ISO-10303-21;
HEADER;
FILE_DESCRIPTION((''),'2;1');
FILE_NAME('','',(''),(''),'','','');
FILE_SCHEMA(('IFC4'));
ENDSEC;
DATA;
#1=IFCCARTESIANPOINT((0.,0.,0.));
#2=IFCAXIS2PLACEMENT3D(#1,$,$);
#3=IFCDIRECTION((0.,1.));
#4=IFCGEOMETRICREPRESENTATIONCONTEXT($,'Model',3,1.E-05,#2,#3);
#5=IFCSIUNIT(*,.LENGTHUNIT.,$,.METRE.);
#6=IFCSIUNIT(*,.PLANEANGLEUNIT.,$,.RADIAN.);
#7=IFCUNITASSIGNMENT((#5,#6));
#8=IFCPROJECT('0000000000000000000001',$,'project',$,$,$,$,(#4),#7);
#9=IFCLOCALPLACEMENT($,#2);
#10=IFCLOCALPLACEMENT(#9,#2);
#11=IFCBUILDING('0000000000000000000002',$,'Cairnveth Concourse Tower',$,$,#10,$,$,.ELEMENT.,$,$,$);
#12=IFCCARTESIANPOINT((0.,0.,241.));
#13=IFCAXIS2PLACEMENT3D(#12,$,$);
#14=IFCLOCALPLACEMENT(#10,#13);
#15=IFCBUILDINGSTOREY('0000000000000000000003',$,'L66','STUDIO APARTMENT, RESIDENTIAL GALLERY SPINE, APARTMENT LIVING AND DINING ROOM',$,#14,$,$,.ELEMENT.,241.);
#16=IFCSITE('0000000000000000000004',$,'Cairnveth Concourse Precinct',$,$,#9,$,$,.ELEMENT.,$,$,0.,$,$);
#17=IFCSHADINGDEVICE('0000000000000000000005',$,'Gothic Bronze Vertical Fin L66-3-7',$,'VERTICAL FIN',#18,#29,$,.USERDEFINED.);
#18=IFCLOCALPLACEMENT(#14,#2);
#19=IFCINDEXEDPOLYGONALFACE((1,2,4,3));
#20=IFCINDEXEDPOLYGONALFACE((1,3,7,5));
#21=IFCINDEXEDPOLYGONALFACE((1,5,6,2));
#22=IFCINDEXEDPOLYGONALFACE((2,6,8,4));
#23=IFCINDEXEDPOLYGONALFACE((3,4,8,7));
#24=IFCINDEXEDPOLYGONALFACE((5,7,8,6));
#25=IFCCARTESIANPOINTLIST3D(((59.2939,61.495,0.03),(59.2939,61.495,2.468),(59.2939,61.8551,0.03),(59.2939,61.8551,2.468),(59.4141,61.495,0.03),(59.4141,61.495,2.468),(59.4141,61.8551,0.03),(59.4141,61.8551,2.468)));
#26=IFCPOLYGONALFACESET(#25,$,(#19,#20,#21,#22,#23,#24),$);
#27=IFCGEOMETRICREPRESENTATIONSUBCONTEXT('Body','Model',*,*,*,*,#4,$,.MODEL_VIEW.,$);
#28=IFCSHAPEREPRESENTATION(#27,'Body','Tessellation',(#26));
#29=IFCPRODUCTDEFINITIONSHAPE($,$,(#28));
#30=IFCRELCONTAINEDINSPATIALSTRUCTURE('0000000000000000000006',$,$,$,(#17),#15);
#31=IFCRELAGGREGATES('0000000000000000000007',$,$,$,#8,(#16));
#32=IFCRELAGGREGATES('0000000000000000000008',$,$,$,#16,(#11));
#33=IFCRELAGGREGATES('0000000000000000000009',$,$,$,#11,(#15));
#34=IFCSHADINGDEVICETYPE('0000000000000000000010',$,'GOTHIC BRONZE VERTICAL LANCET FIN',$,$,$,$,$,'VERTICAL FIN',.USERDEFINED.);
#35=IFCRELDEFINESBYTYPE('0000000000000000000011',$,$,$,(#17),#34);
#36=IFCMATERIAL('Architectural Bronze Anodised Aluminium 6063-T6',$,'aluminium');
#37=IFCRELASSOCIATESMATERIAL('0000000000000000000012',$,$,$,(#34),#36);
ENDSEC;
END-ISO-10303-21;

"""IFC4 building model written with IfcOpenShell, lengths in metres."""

from ifc_helpers import new_model, si_unit, direction, frame, origin, origin_2d, place, context, subcontext, project, spatial, rectangle, extrude, material, type_object, element, save


model = new_model("IFC4")

# Units and contexts
model_context = context("Model", 3, precision=1e-05, world=origin(), true_north=direction((0.0, 1.0)))
body_context = subcontext(model_context, "Body", "Model", "MODEL_VIEW")
ifc_project = project(units=[si_unit("LENGTHUNIT", "METRE"), si_unit("PLANEANGLEUNIT", "RADIAN")], contexts=[model_context])

# Site, building, storey
site_placement = place(None, origin())
site = spatial("IfcSite", under=ifc_project, at=site_placement, Name="Cairnveth Concourse Precinct", CompositionType="ELEMENT", RefElevation=0.0)
building_placement = place(site_placement, origin())
building = spatial("IfcBuilding", under=site, at=building_placement, Name="Cairnveth Concourse Tower", CompositionType="ELEMENT")
storey_placement = place(building_placement, frame((0.0, 0.0, 241.0)))
storey = spatial("IfcBuildingStorey", under=building, at=storey_placement, Name="L66", Description="STUDIO APARTMENT, RESIDENTIAL GALLERY SPINE, APARTMENT LIVING AND DINING ROOM", CompositionType="ELEMENT", Elevation=241.0)

# Shading device
ifc_material_1 = material(Name="Architectural Bronze Anodised Aluminium 6063-T6", Category="aluminium")
shading_device_type = type_object("IfcShadingDeviceType", Name="GOTHIC BRONZE VERTICAL LANCET FIN", ElementType="VERTICAL FIN", PredefinedType="USERDEFINED", material=ifc_material_1)
for number, where, z_axis, x_axis, name in (
    (1, (59.354, 61.675, 0.03), (0.0, 0.0, 1.0), (1.0, 0.0, 0.0), "Gothic Bronze Vertical Fin L66-3-7"),
):
    element("IfcShadingDevice", number, at=place(storey_placement, frame(where, z_axis=z_axis, x_axis=x_axis)), inside=storey, type_object=shading_device_type, Name=name, ObjectType="VERTICAL FIN", PredefinedType="USERDEFINED", context=body_context, shape_type="SweptSolid", body=[
        extrude(rectangle(XDim=0.1201, YDim=0.3601, at=origin_2d()), origin(), (0.0, 0.0, 1.0), 2.438),
    ])

save(model, "model.ifc")
